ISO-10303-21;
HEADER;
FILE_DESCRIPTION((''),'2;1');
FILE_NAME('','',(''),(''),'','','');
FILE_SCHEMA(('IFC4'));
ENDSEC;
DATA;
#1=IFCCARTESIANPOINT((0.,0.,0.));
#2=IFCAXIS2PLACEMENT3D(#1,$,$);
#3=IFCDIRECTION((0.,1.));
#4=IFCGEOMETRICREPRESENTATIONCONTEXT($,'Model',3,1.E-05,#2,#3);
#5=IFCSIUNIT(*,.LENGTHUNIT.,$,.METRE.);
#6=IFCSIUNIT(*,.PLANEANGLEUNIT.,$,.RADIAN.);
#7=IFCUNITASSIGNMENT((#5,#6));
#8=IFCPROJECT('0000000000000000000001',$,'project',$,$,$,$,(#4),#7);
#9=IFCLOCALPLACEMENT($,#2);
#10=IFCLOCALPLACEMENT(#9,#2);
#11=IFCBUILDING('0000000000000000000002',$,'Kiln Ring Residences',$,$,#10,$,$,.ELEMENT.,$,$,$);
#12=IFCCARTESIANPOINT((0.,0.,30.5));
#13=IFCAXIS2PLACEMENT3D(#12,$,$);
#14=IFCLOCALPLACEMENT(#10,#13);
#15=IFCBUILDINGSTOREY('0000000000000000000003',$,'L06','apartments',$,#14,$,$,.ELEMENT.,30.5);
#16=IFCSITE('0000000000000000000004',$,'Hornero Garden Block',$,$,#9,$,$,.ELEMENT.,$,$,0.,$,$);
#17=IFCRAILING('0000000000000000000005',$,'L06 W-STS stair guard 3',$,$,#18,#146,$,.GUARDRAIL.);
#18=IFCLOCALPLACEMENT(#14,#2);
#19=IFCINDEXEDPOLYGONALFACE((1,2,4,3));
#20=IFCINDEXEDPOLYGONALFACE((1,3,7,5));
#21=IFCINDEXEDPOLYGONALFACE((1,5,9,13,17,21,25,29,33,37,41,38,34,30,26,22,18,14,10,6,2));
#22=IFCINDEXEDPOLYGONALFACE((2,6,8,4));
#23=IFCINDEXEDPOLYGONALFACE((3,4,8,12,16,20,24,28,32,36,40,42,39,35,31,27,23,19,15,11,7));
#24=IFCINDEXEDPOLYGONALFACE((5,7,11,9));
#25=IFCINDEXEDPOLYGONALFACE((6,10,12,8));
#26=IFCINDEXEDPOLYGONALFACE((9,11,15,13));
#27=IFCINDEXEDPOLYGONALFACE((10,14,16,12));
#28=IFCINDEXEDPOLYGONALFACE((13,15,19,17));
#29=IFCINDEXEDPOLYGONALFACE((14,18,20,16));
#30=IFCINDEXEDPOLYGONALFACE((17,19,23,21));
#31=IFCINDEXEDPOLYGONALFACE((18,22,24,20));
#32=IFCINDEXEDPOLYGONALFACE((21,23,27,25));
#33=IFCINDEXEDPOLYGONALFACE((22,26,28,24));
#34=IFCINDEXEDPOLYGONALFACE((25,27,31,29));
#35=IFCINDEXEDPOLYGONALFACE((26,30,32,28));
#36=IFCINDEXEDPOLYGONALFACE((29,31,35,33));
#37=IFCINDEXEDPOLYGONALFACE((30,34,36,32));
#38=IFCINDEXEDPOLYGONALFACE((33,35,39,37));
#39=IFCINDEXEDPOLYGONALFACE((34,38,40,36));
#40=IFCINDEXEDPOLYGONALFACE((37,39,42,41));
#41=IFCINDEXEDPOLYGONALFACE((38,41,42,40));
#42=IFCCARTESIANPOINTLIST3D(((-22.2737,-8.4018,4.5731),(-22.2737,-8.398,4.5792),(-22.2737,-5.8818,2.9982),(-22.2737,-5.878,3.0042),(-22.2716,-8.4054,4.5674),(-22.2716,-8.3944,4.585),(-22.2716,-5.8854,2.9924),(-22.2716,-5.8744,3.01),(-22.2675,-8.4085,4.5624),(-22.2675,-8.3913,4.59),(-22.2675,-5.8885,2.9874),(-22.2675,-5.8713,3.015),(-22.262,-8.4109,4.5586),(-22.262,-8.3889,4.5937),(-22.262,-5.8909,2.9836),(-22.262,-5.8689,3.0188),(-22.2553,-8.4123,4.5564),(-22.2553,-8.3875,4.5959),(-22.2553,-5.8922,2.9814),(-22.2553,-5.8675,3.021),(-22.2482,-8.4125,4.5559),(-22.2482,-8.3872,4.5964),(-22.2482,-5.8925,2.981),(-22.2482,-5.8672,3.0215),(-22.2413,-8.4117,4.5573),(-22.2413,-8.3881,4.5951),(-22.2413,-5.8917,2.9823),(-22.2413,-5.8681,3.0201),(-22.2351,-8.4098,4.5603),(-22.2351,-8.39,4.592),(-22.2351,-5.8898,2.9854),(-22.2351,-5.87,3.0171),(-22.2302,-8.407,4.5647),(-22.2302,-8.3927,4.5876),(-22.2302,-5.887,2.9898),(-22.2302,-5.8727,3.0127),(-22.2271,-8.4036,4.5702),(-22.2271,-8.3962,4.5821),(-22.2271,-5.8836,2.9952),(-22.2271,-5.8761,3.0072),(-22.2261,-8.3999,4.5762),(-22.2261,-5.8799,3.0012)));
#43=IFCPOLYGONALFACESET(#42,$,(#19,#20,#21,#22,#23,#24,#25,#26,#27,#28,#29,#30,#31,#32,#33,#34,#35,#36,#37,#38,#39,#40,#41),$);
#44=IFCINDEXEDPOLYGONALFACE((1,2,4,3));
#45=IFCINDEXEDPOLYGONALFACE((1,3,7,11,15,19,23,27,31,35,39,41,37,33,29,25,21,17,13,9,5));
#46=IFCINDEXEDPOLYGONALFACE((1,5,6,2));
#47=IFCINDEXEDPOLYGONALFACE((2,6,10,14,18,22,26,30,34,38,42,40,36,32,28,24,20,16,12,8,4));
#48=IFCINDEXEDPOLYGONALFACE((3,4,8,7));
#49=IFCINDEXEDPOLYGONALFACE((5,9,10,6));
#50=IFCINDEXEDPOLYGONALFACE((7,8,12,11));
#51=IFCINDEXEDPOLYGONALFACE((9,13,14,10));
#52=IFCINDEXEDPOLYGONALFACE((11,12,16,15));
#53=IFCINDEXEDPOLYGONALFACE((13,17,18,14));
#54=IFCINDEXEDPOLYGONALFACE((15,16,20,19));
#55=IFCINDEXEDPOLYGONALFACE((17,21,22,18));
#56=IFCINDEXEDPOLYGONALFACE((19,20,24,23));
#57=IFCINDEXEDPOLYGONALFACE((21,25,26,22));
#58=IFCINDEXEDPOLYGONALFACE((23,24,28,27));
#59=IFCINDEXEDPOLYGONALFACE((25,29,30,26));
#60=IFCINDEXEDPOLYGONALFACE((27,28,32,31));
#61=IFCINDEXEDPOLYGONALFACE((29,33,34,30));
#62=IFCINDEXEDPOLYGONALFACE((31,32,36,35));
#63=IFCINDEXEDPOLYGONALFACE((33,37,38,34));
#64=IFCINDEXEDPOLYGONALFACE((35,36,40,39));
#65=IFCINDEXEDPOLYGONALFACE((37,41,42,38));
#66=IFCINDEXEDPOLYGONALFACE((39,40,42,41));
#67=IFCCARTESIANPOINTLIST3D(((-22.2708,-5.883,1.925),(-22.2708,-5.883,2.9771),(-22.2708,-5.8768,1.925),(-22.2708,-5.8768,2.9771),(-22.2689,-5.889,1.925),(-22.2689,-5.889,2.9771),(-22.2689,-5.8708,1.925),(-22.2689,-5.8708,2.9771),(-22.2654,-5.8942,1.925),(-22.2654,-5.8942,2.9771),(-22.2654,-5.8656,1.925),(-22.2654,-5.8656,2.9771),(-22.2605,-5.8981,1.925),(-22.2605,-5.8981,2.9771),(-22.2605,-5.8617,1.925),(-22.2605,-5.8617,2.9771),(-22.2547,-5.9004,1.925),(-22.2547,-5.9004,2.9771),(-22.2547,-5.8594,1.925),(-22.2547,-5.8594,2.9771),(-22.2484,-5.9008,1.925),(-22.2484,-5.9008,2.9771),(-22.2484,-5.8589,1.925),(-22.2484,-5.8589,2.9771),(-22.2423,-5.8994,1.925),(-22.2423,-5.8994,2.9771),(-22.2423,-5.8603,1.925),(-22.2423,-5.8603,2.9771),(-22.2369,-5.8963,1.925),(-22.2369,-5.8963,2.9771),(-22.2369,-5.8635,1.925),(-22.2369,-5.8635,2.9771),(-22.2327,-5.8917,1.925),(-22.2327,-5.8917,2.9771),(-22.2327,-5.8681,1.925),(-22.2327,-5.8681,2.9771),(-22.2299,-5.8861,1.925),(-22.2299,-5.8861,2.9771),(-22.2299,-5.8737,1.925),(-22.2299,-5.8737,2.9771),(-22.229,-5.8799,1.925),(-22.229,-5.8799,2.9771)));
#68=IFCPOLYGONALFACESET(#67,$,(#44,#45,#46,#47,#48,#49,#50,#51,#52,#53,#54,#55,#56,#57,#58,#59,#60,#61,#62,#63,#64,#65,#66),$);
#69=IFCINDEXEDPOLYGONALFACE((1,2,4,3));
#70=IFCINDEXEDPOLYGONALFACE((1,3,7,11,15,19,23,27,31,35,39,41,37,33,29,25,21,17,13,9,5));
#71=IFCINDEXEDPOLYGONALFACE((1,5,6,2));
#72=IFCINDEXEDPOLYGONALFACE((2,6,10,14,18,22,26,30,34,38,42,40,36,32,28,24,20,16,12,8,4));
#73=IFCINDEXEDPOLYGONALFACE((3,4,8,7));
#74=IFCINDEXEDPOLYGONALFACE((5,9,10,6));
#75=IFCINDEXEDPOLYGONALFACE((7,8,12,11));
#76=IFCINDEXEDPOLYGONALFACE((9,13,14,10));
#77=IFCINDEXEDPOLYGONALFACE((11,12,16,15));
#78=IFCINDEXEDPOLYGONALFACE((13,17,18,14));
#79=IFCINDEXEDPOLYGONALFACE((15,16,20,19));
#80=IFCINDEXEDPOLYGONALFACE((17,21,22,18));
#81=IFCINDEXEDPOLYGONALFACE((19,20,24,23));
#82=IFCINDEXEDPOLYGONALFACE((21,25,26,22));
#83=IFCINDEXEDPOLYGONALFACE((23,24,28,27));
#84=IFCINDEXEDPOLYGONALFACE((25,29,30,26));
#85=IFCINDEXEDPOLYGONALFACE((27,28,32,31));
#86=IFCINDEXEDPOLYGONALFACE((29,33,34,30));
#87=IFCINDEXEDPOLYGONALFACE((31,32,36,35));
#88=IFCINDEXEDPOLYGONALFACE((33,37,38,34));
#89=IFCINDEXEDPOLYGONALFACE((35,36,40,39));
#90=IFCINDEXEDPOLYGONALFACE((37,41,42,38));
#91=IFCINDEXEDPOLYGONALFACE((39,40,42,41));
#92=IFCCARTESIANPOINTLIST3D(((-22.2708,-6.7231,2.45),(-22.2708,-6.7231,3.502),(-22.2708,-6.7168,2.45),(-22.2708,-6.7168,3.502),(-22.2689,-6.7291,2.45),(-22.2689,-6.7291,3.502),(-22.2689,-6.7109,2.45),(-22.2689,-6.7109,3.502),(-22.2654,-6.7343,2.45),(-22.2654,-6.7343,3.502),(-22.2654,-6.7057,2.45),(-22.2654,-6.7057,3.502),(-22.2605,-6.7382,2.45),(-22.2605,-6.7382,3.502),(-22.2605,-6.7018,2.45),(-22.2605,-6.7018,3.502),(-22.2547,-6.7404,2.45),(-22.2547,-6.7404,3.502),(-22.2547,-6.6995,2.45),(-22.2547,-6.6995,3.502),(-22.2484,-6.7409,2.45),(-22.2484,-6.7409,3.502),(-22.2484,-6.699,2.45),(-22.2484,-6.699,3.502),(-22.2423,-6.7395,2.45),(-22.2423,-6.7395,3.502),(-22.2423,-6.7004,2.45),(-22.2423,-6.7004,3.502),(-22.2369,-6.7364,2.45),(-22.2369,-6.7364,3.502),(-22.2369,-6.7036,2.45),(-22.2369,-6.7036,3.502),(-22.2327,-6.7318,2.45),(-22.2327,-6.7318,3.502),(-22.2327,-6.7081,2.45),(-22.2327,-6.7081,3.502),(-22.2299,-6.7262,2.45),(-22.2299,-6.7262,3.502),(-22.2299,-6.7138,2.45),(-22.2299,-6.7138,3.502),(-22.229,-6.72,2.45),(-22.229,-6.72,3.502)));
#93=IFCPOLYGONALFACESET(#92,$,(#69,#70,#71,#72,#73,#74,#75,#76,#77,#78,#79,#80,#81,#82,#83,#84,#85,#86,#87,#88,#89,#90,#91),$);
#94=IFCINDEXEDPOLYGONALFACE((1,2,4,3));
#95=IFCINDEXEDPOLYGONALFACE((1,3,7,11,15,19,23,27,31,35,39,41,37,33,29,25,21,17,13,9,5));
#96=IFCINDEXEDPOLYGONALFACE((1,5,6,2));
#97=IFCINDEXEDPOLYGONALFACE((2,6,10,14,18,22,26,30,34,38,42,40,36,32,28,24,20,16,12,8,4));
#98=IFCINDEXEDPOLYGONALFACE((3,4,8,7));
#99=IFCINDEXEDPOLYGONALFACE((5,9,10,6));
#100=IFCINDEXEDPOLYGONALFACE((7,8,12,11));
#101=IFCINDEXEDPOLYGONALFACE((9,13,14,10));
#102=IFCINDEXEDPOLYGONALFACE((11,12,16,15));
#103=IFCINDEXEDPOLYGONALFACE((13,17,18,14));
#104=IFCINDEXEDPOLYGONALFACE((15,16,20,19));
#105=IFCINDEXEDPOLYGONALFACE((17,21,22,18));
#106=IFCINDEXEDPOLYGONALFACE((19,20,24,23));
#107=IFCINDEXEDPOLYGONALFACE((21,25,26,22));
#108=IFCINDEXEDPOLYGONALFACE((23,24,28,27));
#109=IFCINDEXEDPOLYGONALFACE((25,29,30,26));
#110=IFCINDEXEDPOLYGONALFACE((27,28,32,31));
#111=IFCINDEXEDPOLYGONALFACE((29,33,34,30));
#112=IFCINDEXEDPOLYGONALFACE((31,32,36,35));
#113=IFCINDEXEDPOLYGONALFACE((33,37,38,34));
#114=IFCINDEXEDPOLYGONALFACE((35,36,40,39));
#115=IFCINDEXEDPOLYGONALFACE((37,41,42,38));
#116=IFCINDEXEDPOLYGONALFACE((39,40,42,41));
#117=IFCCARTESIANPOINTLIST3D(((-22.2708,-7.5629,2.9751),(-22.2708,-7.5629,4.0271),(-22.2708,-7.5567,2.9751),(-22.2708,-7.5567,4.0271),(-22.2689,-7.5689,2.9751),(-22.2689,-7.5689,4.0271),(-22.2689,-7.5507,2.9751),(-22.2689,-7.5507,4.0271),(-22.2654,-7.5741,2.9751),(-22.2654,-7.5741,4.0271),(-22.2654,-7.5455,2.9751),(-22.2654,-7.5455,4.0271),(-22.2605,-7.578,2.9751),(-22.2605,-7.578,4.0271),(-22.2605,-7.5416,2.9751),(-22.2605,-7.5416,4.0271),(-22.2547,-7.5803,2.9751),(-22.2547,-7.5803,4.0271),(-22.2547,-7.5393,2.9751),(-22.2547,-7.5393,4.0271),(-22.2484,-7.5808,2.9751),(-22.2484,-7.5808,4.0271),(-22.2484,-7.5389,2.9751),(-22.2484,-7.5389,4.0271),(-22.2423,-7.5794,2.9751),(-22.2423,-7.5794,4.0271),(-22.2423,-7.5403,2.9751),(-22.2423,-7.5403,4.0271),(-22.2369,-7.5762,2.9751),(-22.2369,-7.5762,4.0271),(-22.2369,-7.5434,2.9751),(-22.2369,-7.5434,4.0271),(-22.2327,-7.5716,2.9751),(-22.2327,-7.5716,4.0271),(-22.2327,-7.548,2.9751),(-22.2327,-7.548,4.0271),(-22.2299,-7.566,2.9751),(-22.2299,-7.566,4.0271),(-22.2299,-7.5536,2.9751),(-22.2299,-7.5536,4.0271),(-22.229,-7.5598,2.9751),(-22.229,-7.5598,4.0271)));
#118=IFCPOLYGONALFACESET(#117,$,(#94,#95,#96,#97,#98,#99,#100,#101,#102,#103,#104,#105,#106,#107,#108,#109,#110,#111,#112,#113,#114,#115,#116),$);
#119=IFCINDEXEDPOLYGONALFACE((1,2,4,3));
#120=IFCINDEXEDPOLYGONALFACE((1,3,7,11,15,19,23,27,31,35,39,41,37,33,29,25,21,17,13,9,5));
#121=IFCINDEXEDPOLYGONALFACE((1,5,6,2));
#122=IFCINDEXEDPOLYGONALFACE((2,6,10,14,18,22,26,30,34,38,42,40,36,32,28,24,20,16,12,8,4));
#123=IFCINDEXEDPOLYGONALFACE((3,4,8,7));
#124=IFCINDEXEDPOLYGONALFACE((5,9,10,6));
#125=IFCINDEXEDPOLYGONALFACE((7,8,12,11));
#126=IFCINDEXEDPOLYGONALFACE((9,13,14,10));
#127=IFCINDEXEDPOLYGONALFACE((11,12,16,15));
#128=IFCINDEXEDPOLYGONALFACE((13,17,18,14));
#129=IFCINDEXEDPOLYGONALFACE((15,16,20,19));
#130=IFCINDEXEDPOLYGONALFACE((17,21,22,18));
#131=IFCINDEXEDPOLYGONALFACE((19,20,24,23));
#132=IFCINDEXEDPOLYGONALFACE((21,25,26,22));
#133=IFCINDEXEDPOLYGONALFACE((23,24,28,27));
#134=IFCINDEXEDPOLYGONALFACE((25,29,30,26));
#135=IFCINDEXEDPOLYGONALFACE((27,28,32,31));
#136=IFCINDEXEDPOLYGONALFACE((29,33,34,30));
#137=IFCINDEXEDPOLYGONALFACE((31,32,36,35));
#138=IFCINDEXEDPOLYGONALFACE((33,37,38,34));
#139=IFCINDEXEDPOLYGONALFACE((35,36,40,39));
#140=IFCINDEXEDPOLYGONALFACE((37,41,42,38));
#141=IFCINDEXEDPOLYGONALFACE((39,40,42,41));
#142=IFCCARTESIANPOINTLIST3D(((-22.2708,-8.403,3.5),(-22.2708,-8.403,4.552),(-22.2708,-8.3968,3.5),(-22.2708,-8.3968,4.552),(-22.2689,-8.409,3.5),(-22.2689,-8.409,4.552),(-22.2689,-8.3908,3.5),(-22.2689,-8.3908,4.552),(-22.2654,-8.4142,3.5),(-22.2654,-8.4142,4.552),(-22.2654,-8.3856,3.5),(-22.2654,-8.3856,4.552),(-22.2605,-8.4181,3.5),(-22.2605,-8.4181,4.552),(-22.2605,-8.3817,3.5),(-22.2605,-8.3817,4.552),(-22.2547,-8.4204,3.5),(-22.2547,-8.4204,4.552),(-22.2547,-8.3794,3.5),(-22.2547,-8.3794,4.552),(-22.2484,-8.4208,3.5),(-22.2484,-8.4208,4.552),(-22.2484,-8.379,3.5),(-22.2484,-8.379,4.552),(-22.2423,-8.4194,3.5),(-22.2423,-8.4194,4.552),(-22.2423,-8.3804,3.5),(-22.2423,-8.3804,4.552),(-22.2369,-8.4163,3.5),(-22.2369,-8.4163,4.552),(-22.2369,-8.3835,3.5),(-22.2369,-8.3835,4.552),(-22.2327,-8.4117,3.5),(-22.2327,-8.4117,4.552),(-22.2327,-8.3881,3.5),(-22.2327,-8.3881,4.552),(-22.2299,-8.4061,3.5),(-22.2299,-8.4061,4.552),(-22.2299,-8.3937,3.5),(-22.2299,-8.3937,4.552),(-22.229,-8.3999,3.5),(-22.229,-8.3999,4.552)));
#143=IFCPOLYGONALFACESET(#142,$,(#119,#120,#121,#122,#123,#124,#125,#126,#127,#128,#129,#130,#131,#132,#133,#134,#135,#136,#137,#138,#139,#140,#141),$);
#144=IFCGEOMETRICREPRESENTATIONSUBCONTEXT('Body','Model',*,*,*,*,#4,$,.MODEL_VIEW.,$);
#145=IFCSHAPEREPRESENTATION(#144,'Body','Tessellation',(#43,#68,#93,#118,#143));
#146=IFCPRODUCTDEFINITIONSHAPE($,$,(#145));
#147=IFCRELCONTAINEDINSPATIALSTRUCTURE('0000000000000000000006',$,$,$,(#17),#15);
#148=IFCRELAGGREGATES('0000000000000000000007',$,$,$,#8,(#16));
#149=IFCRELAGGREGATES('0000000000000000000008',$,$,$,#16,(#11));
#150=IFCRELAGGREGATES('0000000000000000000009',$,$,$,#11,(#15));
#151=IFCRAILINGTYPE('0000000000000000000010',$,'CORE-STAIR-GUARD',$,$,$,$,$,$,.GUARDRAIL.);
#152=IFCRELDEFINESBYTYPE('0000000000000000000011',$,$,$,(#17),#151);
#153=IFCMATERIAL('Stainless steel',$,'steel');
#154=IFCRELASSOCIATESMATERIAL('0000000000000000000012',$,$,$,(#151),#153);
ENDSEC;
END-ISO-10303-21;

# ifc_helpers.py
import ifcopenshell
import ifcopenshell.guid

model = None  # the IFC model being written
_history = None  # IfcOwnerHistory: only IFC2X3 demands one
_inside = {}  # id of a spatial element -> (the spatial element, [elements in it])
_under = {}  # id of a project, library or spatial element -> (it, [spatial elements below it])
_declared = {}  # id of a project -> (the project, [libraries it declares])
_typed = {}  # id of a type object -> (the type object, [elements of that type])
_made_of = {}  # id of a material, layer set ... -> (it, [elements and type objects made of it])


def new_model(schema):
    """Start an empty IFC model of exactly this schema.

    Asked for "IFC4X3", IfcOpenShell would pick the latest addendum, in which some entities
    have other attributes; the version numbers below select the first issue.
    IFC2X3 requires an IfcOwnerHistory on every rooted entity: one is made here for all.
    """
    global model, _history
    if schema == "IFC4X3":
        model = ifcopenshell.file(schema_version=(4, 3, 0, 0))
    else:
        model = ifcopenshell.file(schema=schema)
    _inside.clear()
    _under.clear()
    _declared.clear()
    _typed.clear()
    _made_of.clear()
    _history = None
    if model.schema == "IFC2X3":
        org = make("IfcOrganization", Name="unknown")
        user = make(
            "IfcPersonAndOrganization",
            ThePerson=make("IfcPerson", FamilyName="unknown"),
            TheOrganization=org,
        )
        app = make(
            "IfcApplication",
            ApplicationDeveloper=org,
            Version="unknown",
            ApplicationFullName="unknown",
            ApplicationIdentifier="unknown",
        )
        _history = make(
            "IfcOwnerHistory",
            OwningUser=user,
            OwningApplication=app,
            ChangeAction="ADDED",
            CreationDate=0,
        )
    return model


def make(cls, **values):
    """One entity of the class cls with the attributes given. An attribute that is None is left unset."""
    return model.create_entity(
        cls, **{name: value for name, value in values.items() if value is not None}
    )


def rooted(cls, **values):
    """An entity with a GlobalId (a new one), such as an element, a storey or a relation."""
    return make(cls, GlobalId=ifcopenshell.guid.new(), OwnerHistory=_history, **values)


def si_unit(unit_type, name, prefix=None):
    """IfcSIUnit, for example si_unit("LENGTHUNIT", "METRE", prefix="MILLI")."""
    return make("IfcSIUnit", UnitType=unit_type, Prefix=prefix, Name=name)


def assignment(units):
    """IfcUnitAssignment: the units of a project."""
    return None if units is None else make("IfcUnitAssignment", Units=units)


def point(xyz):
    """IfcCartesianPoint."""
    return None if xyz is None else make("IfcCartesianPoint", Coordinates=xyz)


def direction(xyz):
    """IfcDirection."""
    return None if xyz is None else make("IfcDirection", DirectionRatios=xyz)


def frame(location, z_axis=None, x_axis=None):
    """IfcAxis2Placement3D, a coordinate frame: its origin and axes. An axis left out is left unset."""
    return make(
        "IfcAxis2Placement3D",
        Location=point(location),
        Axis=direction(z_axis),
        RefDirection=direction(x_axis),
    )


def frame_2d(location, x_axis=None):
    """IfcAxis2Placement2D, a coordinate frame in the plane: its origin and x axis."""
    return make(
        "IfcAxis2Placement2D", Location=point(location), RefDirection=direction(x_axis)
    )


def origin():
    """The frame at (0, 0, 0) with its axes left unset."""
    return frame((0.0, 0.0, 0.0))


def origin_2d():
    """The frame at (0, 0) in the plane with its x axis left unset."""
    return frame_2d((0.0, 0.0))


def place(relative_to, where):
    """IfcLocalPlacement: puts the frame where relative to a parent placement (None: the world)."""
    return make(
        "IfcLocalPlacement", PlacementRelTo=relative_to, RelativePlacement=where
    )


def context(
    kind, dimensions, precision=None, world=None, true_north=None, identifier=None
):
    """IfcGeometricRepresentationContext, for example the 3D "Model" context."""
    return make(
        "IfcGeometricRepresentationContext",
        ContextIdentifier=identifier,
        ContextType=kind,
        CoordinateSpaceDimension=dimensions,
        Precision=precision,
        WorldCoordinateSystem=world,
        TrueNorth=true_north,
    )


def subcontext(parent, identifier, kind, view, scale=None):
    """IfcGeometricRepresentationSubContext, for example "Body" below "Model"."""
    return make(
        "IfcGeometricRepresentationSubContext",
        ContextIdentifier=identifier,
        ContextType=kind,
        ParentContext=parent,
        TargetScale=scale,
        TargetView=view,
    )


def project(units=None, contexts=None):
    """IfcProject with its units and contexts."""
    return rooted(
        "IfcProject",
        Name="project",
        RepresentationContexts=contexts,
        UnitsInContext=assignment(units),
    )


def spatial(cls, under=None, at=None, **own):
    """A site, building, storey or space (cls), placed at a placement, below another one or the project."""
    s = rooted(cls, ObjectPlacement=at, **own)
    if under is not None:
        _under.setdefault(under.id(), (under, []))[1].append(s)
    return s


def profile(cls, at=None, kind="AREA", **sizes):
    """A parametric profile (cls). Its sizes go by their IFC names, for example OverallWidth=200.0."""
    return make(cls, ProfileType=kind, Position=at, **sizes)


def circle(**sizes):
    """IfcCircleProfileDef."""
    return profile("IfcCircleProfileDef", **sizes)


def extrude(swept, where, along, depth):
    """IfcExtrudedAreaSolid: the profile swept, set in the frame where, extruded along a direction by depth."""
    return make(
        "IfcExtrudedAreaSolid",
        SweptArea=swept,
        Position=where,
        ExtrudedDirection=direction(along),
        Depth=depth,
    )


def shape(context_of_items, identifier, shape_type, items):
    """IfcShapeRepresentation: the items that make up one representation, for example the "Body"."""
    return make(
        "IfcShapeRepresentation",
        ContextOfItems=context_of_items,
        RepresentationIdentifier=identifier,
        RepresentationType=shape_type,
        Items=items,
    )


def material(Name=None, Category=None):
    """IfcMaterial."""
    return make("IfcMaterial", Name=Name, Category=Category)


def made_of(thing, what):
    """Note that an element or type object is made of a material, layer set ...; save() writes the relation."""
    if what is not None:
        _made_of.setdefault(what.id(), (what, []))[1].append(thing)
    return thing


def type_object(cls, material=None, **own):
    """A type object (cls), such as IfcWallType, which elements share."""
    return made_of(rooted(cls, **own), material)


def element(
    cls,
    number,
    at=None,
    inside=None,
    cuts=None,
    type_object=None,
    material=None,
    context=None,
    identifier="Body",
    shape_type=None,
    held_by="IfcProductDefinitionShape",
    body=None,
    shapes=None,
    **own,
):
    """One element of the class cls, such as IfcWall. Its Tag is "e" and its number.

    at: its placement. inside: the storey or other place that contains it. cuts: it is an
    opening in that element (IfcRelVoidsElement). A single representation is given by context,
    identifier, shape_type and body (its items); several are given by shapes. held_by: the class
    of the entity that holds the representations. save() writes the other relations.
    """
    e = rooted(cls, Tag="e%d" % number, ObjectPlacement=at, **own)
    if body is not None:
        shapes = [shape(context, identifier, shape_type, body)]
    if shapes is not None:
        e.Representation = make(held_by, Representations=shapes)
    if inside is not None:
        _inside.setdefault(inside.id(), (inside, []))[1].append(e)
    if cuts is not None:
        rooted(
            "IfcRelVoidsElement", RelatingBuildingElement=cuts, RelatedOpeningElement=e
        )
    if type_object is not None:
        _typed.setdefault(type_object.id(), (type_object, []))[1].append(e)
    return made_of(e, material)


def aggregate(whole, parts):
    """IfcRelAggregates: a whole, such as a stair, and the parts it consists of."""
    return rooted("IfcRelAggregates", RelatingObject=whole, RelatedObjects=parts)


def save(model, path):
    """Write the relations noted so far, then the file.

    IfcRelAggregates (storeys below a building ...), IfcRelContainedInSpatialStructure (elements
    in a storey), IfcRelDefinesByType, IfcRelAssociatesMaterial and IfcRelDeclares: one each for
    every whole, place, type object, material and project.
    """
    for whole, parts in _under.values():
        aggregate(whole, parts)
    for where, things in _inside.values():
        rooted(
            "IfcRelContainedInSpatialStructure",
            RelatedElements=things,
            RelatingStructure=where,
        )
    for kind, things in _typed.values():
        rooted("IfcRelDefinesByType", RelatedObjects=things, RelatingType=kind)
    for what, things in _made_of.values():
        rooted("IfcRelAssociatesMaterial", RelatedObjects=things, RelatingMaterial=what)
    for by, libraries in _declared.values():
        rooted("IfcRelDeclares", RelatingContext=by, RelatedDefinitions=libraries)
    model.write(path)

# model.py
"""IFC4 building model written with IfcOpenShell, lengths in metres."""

from ifc_helpers import new_model, si_unit, direction, frame, origin, origin_2d, place, context, subcontext, project, spatial, circle, extrude, material, type_object, element, save


model = new_model("IFC4")

# Units and contexts
model_context = context("Model", 3, precision=1e-05, world=origin(), true_north=direction((0.0, 1.0)))
body_context = subcontext(model_context, "Body", "Model", "MODEL_VIEW")
ifc_project = project(units=[si_unit("LENGTHUNIT", "METRE"), si_unit("PLANEANGLEUNIT", "RADIAN")], contexts=[model_context])

# Site, building, storey
site_placement = place(None, origin())
site = spatial("IfcSite", under=ifc_project, at=site_placement, Name="Hornero Garden Block", CompositionType="ELEMENT", RefElevation=0.0)
building_placement = place(site_placement, origin())
building = spatial("IfcBuilding", under=site, at=building_placement, Name="Kiln Ring Residences", CompositionType="ELEMENT")
storey_placement = place(building_placement, frame((0.0, 0.0, 30.5)))
storey = spatial("IfcBuildingStorey", under=building, at=storey_placement, Name="L06", Description="apartments", CompositionType="ELEMENT", Elevation=30.5)

# Railing
ifc_material_1 = material(Name="Stainless steel", Category="steel")
railing_type_1 = type_object("IfcRailingType", Name="CORE-STAIR-GUARD", PredefinedType="GUARDRAIL", material=ifc_material_1)
railing_1_placement = place(storey_placement, frame((-22.25, -5.8799, 1.925)))
element("IfcRailing", 1, at=railing_1_placement, inside=storey, type_object=railing_type_1, Name="L06 W-STS stair guard 3", PredefinedType="GUARDRAIL", context=body_context, shape_type="SweptSolid", body=[
    extrude(circle(Radius=0.0239, at=origin_2d()), frame((0.0, 0.0, 1.0762), z_axis=(0.0, -0.848008, 0.529984), x_axis=(1.0, 0.0, 0.0)), (0.0, 0.0, 1.0), 2.9717),
    extrude(circle(Radius=0.021, at=origin_2d()), origin(), (0.0, 0.0, 1.0), 1.052),
    extrude(circle(Radius=0.021, at=origin_2d()), frame((0.0, -0.8401, 0.5249)), (0.0, 0.0, 1.0), 1.052),
    extrude(circle(Radius=0.021, at=origin_2d()), frame((0.0, -1.6799, 1.05)), (0.0, 0.0, 1.0), 1.052),
    extrude(circle(Radius=0.021, at=origin_2d()), frame((0.0, -2.52, 1.575)), (0.0, 0.0, 1.0), 1.052),
])

save(model, "model.ifc")
